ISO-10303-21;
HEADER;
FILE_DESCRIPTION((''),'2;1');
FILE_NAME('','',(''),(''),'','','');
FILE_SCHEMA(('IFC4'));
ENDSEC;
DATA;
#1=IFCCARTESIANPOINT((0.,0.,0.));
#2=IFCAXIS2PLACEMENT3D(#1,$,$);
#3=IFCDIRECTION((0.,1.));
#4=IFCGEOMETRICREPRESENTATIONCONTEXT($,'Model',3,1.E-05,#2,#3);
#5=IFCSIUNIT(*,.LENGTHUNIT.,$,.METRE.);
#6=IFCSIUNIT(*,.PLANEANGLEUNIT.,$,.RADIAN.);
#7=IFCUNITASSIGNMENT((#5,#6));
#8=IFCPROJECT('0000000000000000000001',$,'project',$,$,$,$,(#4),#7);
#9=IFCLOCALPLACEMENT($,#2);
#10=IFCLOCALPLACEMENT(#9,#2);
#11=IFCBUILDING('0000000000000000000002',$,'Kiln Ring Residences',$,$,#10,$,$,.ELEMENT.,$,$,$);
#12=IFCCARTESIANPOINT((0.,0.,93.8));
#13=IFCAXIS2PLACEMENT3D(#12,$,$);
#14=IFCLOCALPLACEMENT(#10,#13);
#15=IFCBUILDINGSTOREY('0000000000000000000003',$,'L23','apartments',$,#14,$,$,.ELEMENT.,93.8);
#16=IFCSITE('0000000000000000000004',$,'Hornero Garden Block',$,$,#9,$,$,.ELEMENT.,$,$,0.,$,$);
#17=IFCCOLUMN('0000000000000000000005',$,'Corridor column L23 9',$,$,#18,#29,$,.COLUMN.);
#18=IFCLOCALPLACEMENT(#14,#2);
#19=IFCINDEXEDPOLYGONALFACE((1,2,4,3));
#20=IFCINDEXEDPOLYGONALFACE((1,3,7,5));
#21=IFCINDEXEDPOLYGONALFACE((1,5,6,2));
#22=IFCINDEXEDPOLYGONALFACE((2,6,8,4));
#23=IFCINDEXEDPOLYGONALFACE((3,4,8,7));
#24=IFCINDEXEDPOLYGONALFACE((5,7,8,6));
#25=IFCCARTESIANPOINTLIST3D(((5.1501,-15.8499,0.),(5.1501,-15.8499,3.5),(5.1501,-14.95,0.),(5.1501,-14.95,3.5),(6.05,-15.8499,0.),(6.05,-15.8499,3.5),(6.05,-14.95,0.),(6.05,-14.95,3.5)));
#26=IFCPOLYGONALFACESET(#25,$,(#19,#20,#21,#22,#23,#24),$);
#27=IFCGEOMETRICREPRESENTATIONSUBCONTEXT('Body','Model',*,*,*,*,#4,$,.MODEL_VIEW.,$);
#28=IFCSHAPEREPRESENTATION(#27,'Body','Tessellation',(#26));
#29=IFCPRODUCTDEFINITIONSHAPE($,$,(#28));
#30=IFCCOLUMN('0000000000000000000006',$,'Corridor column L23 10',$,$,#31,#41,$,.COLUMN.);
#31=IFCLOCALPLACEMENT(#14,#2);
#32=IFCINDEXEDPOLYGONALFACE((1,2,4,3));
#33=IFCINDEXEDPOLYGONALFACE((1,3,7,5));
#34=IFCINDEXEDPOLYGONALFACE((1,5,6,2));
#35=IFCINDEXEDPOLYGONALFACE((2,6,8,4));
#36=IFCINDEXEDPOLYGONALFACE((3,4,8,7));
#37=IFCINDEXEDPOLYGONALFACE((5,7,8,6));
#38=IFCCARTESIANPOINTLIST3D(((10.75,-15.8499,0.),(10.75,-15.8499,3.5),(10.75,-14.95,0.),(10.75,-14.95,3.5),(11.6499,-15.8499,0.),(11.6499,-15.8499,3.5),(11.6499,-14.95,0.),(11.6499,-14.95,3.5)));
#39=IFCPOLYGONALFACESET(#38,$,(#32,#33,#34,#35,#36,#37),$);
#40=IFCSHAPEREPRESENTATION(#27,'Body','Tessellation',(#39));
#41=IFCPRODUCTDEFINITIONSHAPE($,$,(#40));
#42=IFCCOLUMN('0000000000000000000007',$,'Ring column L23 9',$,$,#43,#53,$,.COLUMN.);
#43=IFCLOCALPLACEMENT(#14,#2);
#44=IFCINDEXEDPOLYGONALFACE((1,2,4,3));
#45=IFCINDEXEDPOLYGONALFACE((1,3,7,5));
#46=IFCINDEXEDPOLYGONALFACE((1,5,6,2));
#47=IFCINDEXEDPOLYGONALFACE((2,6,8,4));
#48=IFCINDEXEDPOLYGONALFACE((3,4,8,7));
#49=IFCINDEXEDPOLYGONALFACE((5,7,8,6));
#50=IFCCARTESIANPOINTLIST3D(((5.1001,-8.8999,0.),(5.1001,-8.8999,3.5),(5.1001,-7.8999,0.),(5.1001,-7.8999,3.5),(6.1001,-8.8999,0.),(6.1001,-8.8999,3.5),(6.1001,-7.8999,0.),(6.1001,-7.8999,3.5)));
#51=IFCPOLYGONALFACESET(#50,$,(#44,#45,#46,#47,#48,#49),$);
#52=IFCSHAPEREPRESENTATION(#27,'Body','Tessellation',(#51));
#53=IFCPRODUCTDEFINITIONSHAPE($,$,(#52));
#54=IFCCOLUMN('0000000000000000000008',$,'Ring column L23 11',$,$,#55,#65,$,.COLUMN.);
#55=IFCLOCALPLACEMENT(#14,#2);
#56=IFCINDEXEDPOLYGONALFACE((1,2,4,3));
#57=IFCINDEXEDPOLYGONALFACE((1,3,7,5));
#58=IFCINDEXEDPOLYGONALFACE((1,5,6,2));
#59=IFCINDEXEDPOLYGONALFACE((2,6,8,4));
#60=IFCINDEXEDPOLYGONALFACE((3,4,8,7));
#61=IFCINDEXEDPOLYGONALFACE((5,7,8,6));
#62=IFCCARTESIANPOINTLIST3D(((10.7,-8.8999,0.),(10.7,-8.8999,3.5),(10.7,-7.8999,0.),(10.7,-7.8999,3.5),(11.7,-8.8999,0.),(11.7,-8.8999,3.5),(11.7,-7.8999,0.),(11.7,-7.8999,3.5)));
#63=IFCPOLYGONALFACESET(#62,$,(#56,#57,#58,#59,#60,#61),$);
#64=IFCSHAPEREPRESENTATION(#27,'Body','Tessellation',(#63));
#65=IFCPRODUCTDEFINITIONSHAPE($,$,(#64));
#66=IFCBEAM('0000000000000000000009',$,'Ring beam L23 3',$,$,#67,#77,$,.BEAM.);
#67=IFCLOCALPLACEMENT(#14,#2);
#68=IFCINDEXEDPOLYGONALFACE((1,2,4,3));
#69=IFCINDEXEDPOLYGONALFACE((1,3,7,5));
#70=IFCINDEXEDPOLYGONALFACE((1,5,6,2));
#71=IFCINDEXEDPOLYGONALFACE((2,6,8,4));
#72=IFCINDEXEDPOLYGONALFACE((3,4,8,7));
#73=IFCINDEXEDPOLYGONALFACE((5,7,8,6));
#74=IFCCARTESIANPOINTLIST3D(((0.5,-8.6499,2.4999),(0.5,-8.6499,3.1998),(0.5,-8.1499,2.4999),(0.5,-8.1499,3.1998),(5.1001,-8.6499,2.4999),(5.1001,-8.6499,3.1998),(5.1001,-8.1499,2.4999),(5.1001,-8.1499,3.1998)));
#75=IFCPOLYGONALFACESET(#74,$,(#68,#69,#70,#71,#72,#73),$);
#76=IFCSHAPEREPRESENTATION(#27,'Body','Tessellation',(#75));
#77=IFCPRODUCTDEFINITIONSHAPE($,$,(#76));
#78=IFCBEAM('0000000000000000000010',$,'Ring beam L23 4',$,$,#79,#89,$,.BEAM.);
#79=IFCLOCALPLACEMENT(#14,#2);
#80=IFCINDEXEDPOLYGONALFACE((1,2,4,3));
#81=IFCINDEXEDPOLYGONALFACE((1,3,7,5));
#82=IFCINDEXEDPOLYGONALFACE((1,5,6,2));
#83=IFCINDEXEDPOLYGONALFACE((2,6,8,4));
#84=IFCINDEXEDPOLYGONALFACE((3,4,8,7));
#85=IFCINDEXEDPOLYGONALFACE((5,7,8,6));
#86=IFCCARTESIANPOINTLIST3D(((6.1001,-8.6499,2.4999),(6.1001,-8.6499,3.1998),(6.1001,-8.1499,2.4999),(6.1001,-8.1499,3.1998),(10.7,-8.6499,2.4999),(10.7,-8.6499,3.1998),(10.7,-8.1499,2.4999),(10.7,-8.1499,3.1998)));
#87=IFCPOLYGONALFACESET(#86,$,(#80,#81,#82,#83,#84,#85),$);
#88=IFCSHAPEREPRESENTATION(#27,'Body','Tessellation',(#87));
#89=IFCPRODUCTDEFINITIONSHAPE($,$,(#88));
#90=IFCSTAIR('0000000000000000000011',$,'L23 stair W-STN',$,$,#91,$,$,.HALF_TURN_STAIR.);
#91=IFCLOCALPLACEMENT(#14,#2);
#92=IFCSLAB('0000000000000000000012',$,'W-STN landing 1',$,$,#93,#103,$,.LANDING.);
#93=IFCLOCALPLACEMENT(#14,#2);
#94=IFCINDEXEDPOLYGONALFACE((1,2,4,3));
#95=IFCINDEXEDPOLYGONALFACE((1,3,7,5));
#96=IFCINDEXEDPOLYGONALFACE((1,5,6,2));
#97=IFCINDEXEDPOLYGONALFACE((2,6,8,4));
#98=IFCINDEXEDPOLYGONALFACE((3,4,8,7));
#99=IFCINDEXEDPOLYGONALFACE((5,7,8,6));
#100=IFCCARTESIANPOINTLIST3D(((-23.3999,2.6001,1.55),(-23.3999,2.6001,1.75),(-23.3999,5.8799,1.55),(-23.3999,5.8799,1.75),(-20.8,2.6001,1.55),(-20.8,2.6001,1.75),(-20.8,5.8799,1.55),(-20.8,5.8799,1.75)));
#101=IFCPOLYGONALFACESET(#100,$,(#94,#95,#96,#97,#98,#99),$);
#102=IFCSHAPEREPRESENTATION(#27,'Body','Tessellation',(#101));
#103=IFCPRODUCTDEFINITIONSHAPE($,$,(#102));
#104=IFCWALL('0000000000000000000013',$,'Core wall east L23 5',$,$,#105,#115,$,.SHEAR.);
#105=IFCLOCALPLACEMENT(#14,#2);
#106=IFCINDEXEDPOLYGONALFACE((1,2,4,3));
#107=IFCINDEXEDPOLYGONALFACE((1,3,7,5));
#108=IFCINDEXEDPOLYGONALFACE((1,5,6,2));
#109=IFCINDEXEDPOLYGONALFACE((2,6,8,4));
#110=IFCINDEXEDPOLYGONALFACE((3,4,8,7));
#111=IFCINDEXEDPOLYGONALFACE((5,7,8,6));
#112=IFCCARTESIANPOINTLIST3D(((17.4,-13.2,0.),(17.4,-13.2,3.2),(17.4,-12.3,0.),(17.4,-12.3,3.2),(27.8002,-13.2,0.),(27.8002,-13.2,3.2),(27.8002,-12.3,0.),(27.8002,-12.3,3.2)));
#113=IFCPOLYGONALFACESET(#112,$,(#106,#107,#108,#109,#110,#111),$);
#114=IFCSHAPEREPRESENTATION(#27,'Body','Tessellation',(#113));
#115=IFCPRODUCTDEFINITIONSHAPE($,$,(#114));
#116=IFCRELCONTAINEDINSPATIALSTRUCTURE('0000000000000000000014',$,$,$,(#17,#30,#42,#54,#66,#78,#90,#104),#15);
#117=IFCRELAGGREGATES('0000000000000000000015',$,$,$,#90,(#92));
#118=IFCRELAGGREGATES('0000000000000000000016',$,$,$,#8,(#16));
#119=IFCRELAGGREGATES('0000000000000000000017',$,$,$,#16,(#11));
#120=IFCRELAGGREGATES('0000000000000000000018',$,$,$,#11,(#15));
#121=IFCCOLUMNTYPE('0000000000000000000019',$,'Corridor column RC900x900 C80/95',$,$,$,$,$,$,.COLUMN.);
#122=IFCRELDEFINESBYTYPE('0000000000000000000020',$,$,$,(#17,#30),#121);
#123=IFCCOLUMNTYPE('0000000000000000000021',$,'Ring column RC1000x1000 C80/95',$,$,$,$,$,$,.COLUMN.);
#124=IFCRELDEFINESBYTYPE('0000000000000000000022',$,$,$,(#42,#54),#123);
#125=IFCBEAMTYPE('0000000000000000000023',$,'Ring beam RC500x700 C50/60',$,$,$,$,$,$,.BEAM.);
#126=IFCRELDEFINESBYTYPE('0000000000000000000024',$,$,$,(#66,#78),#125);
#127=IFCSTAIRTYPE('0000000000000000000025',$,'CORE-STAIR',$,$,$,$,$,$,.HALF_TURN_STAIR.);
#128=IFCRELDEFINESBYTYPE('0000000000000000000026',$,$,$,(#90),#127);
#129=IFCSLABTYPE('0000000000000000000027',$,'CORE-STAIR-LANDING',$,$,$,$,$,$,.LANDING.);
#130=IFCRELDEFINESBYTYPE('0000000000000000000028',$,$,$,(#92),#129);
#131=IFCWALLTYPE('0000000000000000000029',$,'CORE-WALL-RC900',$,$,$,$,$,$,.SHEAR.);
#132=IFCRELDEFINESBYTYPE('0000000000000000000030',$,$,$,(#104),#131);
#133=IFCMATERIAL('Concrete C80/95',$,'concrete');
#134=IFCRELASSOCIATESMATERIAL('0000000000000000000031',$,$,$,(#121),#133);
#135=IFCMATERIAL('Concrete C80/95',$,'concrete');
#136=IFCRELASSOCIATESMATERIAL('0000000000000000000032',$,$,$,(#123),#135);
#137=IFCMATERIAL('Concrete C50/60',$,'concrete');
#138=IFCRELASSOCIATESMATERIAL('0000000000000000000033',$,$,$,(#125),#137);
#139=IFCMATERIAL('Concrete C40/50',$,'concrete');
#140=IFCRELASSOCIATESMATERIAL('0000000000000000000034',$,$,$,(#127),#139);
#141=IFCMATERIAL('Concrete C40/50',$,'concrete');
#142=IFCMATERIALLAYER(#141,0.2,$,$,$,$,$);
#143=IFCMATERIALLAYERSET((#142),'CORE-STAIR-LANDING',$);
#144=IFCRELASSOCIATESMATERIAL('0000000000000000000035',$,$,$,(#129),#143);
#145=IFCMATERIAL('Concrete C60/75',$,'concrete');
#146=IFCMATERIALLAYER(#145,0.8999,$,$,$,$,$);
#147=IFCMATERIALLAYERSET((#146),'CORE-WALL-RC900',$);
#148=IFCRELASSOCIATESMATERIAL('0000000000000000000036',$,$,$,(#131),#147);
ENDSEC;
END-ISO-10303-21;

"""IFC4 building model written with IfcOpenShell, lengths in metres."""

from ifc_helpers import new_model, si_unit, direction, frame, frame_2d, origin, origin_2d, place, context, subcontext, project, spatial, polyline, rectangle, outline, extrude, material, layer, layer_set, material_profile, profile_set, type_object, element, aggregate, save


model = new_model("IFC4")

# Units and contexts
model_context = context("Model", 3, precision=1e-05, world=origin(), true_north=direction((0.0, 1.0)))
body_context = subcontext(model_context, "Body", "Model", "MODEL_VIEW")
ifc_project = project(units=[si_unit("LENGTHUNIT", "METRE"), si_unit("PLANEANGLEUNIT", "RADIAN")], contexts=[model_context])

# Site, building, storey
site_placement = place(None, origin())
site = spatial("IfcSite", under=ifc_project, at=site_placement, Name="Hornero Garden Block", CompositionType="ELEMENT", RefElevation=0.0)
building_placement = place(site_placement, origin())
building = spatial("IfcBuilding", under=site, at=building_placement, Name="Kiln Ring Residences", CompositionType="ELEMENT")
storey_placement = place(building_placement, frame((0.0, 0.0, 93.8)))
storey = spatial("IfcBuildingStorey", under=building, at=storey_placement, Name="L23", Description="apartments", CompositionType="ELEMENT", Elevation=93.8)

# Columns
ifc_material_1 = material(Name="Concrete C80/95", Category="concrete")
ifc_material_profile_1 = material_profile(ifc_material_1, rectangle(XDim=0.8999, YDim=0.8999, at=origin_2d()), Name="RC900x900")
ifc_profile_set_1 = profile_set([ifc_material_profile_1], Name="Concrete C80/95")
column_type_1 = type_object("IfcColumnType", Name="Corridor column RC900x900 C80/95", PredefinedType="COLUMN", material=ifc_profile_set_1)
for number, where, z_axis, x_axis, name in (
    (1, (5.6001, -15.3999, 0.0), (0.0, 0.0, 1.0), (1.0, 0.0, 0.0), "Corridor column L23 9"),
    (2, (11.2, -15.3999, 0.0), (0.0, 0.0, 1.0), (1.0, 0.0, 0.0), "Corridor column L23 10"),
):
    element("IfcColumn", number, at=place(storey_placement, frame(where, z_axis=z_axis, x_axis=x_axis)), inside=storey, type_object=column_type_1, Name=name, PredefinedType="COLUMN", context=body_context, shape_type="SweptSolid", body=[
        extrude(rectangle(XDim=0.8999, YDim=0.8999, at=origin_2d()), origin(), (0.0, 0.0, 1.0), 3.5),
    ])
ifc_material_2 = material(Name="Concrete C80/95", Category="concrete")
ifc_material_profile_2 = material_profile(ifc_material_2, rectangle(XDim=1.0, YDim=1.0, at=origin_2d()), Name="RC1000x1000")
ifc_profile_set_2 = profile_set([ifc_material_profile_2], Name="Concrete C80/95")
column_type_2 = type_object("IfcColumnType", Name="Ring column RC1000x1000 C80/95", PredefinedType="COLUMN", material=ifc_profile_set_2)
for number, where, z_axis, x_axis, name in (
    (3, (5.6001, -8.3999, 0.0), (0.0, 0.0, 1.0), (1.0, 0.0, 0.0), "Ring column L23 9"),
    (4, (11.2, -8.3999, 0.0), (0.0, 0.0, 1.0), (1.0, 0.0, 0.0), "Ring column L23 11"),
):
    element("IfcColumn", number, at=place(storey_placement, frame(where, z_axis=z_axis, x_axis=x_axis)), inside=storey, type_object=column_type_2, Name=name, PredefinedType="COLUMN", context=body_context, shape_type="SweptSolid", body=[
        extrude(rectangle(XDim=1.0, YDim=1.0, at=origin_2d()), origin(), (0.0, 0.0, 1.0), 3.5),
    ])

# Beams
ifc_material_3 = material(Name="Concrete C50/60", Category="concrete")
ifc_material_profile_3 = material_profile(ifc_material_3, rectangle(XDim=0.5, YDim=0.7, at=origin_2d()), Name="RC500x700")
ifc_profile_set_3 = profile_set([ifc_material_profile_3], Name="Concrete C50/60")
beam_type = type_object("IfcBeamType", Name="Ring beam RC500x700 C50/60", PredefinedType="BEAM", material=ifc_profile_set_3)
beam_1_placement = place(storey_placement, frame((0.5, -8.3999, 2.8499), z_axis=(1.0, 0.0, 0.0), x_axis=(0.0, 1.0, 0.0)))
element("IfcBeam", 5, at=beam_1_placement, inside=storey, type_object=beam_type, Name="Ring beam L23 3", PredefinedType="BEAM", context=body_context, shape_type="SweptSolid", body=[
    extrude(rectangle(XDim=0.5, YDim=0.7, at=origin_2d()), origin(), (0.0, 0.0, 1.0), 4.6001),
])
beam_2_placement = place(storey_placement, frame((6.1001, -8.3999, 2.8499), z_axis=(1.0, 0.0, 0.0), x_axis=(0.0, 1.0, 0.0)))
element("IfcBeam", 6, at=beam_2_placement, inside=storey, type_object=beam_type, Name="Ring beam L23 4", PredefinedType="BEAM", context=body_context, shape_type="SweptSolid", body=[
    extrude(rectangle(XDim=0.5, YDim=0.7, at=origin_2d()), origin(), (0.0, 0.0, 1.0), 4.5999),
])

# Stair, slab
ifc_material_4 = material(Name="Concrete C40/50", Category="concrete")
stair_type = type_object("IfcStairType", Name="CORE-STAIR", PredefinedType="HALF_TURN_STAIR", material=ifc_material_4)
stair_placement = place(storey_placement, origin())
stair = element("IfcStair", 7, at=stair_placement, inside=storey, type_object=stair_type, Name="L23 stair W-STN", PredefinedType="HALF_TURN_STAIR")
ifc_material_5 = material(Name="Concrete C40/50", Category="concrete")
ifc_layer_1 = layer(ifc_material_5, 0.2)
ifc_layer_set_1 = layer_set([ifc_layer_1], Name="CORE-STAIR-LANDING")
slab_type = type_object("IfcSlabType", Name="CORE-STAIR-LANDING", PredefinedType="LANDING", material=ifc_layer_set_1)
slab_placement = place(storey_placement, frame((0.0, 0.0, 1.55)))
slab = element("IfcSlab", 8, at=slab_placement, type_object=slab_type, Name="W-STN landing 1", PredefinedType="LANDING", context=body_context, shape_type="SweptSolid", body=[
    extrude(outline(polyline([(-23.3999, 5.8799), (-23.3999, 2.6001), (-20.8, 2.6001), (-20.8, 5.8799), (-23.3999, 5.8799)])), origin(), (0.0, 0.0, 1.0), 0.2),
])
aggregate(stair, [slab])

# Wall
ifc_material_6 = material(Name="Concrete C60/75", Category="concrete")
ifc_layer_2 = layer(ifc_material_6, 0.8999)
ifc_layer_set_2 = layer_set([ifc_layer_2], Name="CORE-WALL-RC900")
wall_type_1 = type_object("IfcWallType", Name="CORE-WALL-RC900", PredefinedType="SHEAR", material=ifc_layer_set_2)
wall_1_placement = place(storey_placement, frame((17.3999, -12.75, 0.0), z_axis=(0.0, 0.0, 1.0), x_axis=(1.0, 0.0, 0.0)))
element("IfcWall", 9, at=wall_1_placement, inside=storey, type_object=wall_type_1, Name="Core wall east L23 5", PredefinedType="SHEAR", context=body_context, shape_type="SweptSolid", body=[
    extrude(rectangle(XDim=10.4001, YDim=0.8999, at=frame_2d((5.2002, 0.0))), origin(), (0.0, 0.0, 1.0), 3.2),
])

save(model, "model.ifc")
